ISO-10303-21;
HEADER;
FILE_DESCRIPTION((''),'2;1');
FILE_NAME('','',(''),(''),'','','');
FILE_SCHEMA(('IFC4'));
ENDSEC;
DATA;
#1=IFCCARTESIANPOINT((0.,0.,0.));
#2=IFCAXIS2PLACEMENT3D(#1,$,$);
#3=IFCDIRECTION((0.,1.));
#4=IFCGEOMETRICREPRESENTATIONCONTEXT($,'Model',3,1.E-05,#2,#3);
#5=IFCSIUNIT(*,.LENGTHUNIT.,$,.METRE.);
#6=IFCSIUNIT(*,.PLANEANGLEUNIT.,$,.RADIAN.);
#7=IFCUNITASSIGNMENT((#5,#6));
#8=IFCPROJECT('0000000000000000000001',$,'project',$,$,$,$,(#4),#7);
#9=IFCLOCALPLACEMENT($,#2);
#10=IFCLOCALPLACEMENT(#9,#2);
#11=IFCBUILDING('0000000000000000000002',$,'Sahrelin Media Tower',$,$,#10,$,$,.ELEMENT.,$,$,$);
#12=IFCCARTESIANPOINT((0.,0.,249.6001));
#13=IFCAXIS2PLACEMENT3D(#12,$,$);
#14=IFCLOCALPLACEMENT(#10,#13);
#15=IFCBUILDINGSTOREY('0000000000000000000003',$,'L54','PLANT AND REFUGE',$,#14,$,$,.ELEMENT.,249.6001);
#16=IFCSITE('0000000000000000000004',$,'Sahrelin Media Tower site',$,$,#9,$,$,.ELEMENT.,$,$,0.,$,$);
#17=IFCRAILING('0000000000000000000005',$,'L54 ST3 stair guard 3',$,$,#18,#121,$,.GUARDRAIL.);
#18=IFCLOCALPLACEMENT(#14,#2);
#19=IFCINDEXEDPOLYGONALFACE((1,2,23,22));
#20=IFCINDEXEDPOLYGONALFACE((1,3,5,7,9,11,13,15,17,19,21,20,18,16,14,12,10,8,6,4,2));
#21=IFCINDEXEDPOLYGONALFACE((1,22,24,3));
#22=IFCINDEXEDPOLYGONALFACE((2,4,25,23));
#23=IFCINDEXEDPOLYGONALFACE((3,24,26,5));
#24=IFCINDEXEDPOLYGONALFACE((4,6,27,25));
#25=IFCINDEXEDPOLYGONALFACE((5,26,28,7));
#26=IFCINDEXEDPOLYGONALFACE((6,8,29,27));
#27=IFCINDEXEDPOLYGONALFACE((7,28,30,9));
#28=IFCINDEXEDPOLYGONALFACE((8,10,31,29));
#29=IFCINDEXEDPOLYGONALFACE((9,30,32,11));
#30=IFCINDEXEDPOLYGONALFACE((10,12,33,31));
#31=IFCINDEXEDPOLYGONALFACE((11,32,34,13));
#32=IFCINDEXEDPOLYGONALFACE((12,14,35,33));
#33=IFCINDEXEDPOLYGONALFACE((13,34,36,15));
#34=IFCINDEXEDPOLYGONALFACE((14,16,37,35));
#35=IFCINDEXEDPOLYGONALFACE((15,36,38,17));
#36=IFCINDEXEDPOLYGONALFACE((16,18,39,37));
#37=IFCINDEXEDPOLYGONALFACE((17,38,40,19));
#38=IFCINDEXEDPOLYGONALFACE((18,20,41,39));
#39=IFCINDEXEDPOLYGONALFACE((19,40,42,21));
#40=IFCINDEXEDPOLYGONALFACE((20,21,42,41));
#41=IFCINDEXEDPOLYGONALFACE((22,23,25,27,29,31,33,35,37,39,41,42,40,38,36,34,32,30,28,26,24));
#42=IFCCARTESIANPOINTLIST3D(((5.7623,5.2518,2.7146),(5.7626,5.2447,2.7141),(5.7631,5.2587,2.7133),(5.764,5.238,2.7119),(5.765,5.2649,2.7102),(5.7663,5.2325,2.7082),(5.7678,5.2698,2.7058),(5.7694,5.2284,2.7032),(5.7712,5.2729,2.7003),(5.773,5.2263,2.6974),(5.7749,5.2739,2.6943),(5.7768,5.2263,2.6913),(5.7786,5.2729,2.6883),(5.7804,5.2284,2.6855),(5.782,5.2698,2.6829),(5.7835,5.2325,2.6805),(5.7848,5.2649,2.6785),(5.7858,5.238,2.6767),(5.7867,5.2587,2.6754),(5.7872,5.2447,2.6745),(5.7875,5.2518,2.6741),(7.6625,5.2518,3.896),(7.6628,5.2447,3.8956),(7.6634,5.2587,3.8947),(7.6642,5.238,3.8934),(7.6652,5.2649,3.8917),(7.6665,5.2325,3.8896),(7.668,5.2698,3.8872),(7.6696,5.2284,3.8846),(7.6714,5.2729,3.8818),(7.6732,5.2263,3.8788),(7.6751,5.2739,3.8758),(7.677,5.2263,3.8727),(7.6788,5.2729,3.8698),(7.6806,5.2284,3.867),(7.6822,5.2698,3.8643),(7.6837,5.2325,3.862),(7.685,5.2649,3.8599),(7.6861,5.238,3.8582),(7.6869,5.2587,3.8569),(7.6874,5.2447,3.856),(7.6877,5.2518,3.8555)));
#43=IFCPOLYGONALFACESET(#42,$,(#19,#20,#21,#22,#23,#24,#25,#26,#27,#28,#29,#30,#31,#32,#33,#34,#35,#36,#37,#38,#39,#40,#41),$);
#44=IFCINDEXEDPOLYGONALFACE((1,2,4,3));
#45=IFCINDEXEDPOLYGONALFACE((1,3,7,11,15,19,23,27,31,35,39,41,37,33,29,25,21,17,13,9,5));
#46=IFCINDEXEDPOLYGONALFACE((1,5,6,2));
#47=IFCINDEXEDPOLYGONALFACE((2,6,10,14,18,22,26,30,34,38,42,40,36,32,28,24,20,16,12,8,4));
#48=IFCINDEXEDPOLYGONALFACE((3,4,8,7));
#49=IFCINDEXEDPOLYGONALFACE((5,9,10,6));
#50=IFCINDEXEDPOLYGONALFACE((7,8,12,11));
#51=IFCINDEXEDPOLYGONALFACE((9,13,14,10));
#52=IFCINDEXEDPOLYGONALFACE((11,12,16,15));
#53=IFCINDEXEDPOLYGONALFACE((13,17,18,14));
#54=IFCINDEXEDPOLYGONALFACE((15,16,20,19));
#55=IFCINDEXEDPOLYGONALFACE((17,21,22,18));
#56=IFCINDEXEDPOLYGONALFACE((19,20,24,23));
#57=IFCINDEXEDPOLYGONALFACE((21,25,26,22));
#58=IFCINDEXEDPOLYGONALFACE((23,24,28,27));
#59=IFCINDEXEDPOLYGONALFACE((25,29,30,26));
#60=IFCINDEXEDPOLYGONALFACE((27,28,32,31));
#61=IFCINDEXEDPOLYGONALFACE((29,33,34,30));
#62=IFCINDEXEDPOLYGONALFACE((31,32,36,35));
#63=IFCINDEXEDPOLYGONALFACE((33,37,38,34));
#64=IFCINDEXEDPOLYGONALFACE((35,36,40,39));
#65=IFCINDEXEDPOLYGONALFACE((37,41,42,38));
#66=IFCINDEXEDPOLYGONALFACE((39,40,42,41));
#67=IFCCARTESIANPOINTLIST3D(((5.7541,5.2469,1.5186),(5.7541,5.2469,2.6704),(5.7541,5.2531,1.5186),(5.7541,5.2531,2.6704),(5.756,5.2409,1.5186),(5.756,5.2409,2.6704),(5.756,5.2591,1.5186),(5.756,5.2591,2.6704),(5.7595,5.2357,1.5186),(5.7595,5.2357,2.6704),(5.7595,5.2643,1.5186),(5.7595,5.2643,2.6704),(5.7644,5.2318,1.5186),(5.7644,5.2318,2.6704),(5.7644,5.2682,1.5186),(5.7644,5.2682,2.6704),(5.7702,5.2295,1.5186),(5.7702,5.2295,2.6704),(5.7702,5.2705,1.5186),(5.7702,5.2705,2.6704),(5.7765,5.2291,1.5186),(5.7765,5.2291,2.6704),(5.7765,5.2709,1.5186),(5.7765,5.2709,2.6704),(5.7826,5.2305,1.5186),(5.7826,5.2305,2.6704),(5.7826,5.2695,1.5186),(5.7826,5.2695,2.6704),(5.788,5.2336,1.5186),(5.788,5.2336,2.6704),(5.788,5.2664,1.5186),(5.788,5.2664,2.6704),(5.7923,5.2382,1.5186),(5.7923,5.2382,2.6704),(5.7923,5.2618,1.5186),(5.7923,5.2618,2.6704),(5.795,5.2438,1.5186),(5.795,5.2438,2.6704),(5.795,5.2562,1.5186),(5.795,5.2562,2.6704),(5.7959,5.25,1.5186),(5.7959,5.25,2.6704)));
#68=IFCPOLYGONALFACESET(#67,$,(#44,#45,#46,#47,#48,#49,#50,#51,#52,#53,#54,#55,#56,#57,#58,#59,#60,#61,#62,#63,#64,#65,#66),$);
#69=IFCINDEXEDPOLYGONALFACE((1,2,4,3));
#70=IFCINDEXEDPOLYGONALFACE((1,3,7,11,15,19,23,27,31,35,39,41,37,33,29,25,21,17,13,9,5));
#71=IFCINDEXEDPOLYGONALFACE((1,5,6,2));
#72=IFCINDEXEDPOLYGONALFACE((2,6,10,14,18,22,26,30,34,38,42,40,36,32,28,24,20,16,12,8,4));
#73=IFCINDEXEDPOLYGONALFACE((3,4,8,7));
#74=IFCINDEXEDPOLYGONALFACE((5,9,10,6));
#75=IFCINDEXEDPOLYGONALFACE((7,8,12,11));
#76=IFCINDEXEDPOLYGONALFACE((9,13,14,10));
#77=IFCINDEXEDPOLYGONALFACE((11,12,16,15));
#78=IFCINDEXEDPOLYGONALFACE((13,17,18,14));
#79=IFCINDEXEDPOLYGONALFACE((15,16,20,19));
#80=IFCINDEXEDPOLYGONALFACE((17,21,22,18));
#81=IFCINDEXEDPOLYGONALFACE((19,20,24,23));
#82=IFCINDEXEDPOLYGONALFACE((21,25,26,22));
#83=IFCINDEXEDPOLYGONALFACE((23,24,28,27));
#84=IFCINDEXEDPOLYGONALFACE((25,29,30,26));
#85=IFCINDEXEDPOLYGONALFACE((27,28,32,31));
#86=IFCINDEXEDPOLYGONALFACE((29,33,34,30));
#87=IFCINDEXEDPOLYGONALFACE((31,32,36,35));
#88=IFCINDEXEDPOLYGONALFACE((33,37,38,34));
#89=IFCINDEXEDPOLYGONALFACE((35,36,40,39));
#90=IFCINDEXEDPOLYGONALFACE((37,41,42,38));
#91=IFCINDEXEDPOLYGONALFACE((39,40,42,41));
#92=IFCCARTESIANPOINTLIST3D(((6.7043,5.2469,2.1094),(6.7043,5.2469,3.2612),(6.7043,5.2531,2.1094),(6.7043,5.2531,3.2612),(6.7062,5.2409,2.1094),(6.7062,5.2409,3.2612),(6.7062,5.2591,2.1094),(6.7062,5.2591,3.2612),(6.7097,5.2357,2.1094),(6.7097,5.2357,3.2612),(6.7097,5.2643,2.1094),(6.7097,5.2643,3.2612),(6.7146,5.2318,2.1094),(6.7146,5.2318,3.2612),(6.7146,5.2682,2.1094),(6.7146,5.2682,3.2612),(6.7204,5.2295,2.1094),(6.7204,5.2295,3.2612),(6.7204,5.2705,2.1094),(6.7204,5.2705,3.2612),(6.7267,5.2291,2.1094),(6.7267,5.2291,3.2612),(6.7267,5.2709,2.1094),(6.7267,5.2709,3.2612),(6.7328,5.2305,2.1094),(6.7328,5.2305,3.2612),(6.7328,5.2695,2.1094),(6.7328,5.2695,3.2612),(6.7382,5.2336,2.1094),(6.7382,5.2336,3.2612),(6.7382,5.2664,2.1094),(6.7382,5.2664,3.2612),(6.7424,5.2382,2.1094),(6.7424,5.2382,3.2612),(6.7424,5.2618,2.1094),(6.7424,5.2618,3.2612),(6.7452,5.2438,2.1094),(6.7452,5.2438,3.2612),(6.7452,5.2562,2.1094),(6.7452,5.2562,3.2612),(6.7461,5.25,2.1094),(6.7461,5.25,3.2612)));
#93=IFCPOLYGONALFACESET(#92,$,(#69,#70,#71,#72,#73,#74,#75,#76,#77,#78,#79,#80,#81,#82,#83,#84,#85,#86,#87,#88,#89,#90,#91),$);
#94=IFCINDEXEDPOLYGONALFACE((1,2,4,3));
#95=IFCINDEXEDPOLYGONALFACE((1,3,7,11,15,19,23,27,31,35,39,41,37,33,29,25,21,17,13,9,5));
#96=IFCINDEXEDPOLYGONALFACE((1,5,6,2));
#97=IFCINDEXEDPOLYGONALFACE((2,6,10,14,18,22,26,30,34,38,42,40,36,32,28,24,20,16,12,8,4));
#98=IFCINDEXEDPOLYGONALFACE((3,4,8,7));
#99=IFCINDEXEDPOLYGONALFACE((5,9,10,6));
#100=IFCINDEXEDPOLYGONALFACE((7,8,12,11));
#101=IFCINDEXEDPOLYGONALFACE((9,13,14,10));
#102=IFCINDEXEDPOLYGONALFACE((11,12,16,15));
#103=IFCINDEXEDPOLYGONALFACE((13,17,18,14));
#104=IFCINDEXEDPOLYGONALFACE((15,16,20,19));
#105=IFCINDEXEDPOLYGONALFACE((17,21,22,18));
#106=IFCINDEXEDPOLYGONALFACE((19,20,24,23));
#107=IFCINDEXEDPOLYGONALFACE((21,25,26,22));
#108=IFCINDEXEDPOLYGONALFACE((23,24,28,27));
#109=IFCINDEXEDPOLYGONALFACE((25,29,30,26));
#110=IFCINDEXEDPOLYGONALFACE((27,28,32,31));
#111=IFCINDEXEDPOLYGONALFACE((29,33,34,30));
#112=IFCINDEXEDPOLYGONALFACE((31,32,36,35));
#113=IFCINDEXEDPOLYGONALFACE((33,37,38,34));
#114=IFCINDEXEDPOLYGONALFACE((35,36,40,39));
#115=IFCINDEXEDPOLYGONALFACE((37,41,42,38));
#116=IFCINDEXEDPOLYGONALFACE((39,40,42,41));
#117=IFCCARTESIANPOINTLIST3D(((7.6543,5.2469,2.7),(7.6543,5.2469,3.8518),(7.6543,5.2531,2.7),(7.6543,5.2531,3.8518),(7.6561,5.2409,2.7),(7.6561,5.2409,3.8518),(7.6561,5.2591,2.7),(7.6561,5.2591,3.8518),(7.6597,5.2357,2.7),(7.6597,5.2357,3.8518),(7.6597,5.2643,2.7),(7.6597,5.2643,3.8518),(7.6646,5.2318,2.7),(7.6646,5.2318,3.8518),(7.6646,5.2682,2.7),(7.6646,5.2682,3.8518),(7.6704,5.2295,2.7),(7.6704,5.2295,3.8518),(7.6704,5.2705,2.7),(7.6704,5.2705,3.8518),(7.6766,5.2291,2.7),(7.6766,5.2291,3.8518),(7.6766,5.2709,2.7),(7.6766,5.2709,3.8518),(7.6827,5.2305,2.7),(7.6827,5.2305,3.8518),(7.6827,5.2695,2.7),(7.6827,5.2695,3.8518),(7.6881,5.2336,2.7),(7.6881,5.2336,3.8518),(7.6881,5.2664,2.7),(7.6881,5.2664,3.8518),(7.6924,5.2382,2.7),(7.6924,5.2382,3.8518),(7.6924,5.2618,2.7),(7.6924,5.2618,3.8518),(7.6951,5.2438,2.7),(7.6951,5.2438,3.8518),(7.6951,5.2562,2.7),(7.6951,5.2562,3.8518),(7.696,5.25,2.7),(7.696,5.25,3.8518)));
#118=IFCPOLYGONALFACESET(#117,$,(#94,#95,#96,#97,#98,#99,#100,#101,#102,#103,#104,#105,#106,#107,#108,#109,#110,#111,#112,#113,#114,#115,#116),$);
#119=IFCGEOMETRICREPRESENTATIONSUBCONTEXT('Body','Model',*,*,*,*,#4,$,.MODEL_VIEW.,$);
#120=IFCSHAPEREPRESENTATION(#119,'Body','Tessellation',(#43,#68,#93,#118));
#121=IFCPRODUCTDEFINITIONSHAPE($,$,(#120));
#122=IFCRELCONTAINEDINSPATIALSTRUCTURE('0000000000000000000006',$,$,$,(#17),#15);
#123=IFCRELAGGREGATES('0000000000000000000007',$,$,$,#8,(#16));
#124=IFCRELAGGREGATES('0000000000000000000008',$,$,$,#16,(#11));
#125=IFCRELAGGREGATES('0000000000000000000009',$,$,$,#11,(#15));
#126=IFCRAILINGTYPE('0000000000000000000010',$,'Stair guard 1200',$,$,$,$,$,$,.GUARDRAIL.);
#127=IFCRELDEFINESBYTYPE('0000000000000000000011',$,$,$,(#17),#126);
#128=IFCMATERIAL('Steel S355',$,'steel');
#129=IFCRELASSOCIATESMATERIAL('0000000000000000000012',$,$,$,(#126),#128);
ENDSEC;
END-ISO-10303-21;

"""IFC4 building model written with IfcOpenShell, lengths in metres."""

from ifc_helpers import new_model, si_unit, direction, frame, origin, origin_2d, place, context, subcontext, project, spatial, circle, extrude, material, type_object, element, save


model = new_model("IFC4")

# Units and contexts
model_context = context("Model", 3, precision=1e-05, world=origin(), true_north=direction((0.0, 1.0)))
body_context = subcontext(model_context, "Body", "Model", "MODEL_VIEW")
ifc_project = project(units=[si_unit("LENGTHUNIT", "METRE"), si_unit("PLANEANGLEUNIT", "RADIAN")], contexts=[model_context])

# Site, building, storey
site_placement = place(None, origin())
site = spatial("IfcSite", under=ifc_project, at=site_placement, Name="Sahrelin Media Tower site", CompositionType="ELEMENT", RefElevation=0.0)
building_placement = place(site_placement, origin())
building = spatial("IfcBuilding", under=site, at=building_placement, Name="Sahrelin Media Tower", CompositionType="ELEMENT")
storey_placement = place(building_placement, frame((0.0, 0.0, 249.6001)))
storey = spatial("IfcBuildingStorey", under=building, at=storey_placement, Name="L54", Description="PLANT AND REFUGE", CompositionType="ELEMENT", Elevation=249.6001)

# Shared definitions
ifc_material_1 = material(Name="Steel S355", Category="steel")

# Railing
railing_type_1 = type_object("IfcRailingType", Name="Stair guard 1200", PredefinedType="GUARDRAIL", material=ifc_material_1)
railing_1_placement = place(storey_placement, frame((5.7749, 5.25, 1.5186)))
element("IfcRailing", 1, at=railing_1_placement, inside=storey, type_object=railing_type_1, Name="L54 ST3 stair guard 3", PredefinedType="GUARDRAIL", context=body_context, shape_type="SweptSolid", body=[
    extrude(circle(Radius=0.0239, at=origin_2d()), frame((0.0, 0.0, 1.1758), z_axis=(0.84924, 0.0, 0.528006), x_axis=(0.0, 1.0, 0.0)), (0.0, 0.0, 1.0), 2.2375),
    extrude(circle(Radius=0.021, at=origin_2d()), origin(), (0.0, 0.0, 1.0), 1.1519),
    extrude(circle(Radius=0.021, at=origin_2d()), frame((0.9502, 0.0, 0.5908)), (0.0, 0.0, 1.0), 1.1519),
    extrude(circle(Radius=0.021, at=origin_2d()), frame((1.9001, 0.0, 1.1814)), (0.0, 0.0, 1.0), 1.1519),
])

save(model, "model.ifc")
